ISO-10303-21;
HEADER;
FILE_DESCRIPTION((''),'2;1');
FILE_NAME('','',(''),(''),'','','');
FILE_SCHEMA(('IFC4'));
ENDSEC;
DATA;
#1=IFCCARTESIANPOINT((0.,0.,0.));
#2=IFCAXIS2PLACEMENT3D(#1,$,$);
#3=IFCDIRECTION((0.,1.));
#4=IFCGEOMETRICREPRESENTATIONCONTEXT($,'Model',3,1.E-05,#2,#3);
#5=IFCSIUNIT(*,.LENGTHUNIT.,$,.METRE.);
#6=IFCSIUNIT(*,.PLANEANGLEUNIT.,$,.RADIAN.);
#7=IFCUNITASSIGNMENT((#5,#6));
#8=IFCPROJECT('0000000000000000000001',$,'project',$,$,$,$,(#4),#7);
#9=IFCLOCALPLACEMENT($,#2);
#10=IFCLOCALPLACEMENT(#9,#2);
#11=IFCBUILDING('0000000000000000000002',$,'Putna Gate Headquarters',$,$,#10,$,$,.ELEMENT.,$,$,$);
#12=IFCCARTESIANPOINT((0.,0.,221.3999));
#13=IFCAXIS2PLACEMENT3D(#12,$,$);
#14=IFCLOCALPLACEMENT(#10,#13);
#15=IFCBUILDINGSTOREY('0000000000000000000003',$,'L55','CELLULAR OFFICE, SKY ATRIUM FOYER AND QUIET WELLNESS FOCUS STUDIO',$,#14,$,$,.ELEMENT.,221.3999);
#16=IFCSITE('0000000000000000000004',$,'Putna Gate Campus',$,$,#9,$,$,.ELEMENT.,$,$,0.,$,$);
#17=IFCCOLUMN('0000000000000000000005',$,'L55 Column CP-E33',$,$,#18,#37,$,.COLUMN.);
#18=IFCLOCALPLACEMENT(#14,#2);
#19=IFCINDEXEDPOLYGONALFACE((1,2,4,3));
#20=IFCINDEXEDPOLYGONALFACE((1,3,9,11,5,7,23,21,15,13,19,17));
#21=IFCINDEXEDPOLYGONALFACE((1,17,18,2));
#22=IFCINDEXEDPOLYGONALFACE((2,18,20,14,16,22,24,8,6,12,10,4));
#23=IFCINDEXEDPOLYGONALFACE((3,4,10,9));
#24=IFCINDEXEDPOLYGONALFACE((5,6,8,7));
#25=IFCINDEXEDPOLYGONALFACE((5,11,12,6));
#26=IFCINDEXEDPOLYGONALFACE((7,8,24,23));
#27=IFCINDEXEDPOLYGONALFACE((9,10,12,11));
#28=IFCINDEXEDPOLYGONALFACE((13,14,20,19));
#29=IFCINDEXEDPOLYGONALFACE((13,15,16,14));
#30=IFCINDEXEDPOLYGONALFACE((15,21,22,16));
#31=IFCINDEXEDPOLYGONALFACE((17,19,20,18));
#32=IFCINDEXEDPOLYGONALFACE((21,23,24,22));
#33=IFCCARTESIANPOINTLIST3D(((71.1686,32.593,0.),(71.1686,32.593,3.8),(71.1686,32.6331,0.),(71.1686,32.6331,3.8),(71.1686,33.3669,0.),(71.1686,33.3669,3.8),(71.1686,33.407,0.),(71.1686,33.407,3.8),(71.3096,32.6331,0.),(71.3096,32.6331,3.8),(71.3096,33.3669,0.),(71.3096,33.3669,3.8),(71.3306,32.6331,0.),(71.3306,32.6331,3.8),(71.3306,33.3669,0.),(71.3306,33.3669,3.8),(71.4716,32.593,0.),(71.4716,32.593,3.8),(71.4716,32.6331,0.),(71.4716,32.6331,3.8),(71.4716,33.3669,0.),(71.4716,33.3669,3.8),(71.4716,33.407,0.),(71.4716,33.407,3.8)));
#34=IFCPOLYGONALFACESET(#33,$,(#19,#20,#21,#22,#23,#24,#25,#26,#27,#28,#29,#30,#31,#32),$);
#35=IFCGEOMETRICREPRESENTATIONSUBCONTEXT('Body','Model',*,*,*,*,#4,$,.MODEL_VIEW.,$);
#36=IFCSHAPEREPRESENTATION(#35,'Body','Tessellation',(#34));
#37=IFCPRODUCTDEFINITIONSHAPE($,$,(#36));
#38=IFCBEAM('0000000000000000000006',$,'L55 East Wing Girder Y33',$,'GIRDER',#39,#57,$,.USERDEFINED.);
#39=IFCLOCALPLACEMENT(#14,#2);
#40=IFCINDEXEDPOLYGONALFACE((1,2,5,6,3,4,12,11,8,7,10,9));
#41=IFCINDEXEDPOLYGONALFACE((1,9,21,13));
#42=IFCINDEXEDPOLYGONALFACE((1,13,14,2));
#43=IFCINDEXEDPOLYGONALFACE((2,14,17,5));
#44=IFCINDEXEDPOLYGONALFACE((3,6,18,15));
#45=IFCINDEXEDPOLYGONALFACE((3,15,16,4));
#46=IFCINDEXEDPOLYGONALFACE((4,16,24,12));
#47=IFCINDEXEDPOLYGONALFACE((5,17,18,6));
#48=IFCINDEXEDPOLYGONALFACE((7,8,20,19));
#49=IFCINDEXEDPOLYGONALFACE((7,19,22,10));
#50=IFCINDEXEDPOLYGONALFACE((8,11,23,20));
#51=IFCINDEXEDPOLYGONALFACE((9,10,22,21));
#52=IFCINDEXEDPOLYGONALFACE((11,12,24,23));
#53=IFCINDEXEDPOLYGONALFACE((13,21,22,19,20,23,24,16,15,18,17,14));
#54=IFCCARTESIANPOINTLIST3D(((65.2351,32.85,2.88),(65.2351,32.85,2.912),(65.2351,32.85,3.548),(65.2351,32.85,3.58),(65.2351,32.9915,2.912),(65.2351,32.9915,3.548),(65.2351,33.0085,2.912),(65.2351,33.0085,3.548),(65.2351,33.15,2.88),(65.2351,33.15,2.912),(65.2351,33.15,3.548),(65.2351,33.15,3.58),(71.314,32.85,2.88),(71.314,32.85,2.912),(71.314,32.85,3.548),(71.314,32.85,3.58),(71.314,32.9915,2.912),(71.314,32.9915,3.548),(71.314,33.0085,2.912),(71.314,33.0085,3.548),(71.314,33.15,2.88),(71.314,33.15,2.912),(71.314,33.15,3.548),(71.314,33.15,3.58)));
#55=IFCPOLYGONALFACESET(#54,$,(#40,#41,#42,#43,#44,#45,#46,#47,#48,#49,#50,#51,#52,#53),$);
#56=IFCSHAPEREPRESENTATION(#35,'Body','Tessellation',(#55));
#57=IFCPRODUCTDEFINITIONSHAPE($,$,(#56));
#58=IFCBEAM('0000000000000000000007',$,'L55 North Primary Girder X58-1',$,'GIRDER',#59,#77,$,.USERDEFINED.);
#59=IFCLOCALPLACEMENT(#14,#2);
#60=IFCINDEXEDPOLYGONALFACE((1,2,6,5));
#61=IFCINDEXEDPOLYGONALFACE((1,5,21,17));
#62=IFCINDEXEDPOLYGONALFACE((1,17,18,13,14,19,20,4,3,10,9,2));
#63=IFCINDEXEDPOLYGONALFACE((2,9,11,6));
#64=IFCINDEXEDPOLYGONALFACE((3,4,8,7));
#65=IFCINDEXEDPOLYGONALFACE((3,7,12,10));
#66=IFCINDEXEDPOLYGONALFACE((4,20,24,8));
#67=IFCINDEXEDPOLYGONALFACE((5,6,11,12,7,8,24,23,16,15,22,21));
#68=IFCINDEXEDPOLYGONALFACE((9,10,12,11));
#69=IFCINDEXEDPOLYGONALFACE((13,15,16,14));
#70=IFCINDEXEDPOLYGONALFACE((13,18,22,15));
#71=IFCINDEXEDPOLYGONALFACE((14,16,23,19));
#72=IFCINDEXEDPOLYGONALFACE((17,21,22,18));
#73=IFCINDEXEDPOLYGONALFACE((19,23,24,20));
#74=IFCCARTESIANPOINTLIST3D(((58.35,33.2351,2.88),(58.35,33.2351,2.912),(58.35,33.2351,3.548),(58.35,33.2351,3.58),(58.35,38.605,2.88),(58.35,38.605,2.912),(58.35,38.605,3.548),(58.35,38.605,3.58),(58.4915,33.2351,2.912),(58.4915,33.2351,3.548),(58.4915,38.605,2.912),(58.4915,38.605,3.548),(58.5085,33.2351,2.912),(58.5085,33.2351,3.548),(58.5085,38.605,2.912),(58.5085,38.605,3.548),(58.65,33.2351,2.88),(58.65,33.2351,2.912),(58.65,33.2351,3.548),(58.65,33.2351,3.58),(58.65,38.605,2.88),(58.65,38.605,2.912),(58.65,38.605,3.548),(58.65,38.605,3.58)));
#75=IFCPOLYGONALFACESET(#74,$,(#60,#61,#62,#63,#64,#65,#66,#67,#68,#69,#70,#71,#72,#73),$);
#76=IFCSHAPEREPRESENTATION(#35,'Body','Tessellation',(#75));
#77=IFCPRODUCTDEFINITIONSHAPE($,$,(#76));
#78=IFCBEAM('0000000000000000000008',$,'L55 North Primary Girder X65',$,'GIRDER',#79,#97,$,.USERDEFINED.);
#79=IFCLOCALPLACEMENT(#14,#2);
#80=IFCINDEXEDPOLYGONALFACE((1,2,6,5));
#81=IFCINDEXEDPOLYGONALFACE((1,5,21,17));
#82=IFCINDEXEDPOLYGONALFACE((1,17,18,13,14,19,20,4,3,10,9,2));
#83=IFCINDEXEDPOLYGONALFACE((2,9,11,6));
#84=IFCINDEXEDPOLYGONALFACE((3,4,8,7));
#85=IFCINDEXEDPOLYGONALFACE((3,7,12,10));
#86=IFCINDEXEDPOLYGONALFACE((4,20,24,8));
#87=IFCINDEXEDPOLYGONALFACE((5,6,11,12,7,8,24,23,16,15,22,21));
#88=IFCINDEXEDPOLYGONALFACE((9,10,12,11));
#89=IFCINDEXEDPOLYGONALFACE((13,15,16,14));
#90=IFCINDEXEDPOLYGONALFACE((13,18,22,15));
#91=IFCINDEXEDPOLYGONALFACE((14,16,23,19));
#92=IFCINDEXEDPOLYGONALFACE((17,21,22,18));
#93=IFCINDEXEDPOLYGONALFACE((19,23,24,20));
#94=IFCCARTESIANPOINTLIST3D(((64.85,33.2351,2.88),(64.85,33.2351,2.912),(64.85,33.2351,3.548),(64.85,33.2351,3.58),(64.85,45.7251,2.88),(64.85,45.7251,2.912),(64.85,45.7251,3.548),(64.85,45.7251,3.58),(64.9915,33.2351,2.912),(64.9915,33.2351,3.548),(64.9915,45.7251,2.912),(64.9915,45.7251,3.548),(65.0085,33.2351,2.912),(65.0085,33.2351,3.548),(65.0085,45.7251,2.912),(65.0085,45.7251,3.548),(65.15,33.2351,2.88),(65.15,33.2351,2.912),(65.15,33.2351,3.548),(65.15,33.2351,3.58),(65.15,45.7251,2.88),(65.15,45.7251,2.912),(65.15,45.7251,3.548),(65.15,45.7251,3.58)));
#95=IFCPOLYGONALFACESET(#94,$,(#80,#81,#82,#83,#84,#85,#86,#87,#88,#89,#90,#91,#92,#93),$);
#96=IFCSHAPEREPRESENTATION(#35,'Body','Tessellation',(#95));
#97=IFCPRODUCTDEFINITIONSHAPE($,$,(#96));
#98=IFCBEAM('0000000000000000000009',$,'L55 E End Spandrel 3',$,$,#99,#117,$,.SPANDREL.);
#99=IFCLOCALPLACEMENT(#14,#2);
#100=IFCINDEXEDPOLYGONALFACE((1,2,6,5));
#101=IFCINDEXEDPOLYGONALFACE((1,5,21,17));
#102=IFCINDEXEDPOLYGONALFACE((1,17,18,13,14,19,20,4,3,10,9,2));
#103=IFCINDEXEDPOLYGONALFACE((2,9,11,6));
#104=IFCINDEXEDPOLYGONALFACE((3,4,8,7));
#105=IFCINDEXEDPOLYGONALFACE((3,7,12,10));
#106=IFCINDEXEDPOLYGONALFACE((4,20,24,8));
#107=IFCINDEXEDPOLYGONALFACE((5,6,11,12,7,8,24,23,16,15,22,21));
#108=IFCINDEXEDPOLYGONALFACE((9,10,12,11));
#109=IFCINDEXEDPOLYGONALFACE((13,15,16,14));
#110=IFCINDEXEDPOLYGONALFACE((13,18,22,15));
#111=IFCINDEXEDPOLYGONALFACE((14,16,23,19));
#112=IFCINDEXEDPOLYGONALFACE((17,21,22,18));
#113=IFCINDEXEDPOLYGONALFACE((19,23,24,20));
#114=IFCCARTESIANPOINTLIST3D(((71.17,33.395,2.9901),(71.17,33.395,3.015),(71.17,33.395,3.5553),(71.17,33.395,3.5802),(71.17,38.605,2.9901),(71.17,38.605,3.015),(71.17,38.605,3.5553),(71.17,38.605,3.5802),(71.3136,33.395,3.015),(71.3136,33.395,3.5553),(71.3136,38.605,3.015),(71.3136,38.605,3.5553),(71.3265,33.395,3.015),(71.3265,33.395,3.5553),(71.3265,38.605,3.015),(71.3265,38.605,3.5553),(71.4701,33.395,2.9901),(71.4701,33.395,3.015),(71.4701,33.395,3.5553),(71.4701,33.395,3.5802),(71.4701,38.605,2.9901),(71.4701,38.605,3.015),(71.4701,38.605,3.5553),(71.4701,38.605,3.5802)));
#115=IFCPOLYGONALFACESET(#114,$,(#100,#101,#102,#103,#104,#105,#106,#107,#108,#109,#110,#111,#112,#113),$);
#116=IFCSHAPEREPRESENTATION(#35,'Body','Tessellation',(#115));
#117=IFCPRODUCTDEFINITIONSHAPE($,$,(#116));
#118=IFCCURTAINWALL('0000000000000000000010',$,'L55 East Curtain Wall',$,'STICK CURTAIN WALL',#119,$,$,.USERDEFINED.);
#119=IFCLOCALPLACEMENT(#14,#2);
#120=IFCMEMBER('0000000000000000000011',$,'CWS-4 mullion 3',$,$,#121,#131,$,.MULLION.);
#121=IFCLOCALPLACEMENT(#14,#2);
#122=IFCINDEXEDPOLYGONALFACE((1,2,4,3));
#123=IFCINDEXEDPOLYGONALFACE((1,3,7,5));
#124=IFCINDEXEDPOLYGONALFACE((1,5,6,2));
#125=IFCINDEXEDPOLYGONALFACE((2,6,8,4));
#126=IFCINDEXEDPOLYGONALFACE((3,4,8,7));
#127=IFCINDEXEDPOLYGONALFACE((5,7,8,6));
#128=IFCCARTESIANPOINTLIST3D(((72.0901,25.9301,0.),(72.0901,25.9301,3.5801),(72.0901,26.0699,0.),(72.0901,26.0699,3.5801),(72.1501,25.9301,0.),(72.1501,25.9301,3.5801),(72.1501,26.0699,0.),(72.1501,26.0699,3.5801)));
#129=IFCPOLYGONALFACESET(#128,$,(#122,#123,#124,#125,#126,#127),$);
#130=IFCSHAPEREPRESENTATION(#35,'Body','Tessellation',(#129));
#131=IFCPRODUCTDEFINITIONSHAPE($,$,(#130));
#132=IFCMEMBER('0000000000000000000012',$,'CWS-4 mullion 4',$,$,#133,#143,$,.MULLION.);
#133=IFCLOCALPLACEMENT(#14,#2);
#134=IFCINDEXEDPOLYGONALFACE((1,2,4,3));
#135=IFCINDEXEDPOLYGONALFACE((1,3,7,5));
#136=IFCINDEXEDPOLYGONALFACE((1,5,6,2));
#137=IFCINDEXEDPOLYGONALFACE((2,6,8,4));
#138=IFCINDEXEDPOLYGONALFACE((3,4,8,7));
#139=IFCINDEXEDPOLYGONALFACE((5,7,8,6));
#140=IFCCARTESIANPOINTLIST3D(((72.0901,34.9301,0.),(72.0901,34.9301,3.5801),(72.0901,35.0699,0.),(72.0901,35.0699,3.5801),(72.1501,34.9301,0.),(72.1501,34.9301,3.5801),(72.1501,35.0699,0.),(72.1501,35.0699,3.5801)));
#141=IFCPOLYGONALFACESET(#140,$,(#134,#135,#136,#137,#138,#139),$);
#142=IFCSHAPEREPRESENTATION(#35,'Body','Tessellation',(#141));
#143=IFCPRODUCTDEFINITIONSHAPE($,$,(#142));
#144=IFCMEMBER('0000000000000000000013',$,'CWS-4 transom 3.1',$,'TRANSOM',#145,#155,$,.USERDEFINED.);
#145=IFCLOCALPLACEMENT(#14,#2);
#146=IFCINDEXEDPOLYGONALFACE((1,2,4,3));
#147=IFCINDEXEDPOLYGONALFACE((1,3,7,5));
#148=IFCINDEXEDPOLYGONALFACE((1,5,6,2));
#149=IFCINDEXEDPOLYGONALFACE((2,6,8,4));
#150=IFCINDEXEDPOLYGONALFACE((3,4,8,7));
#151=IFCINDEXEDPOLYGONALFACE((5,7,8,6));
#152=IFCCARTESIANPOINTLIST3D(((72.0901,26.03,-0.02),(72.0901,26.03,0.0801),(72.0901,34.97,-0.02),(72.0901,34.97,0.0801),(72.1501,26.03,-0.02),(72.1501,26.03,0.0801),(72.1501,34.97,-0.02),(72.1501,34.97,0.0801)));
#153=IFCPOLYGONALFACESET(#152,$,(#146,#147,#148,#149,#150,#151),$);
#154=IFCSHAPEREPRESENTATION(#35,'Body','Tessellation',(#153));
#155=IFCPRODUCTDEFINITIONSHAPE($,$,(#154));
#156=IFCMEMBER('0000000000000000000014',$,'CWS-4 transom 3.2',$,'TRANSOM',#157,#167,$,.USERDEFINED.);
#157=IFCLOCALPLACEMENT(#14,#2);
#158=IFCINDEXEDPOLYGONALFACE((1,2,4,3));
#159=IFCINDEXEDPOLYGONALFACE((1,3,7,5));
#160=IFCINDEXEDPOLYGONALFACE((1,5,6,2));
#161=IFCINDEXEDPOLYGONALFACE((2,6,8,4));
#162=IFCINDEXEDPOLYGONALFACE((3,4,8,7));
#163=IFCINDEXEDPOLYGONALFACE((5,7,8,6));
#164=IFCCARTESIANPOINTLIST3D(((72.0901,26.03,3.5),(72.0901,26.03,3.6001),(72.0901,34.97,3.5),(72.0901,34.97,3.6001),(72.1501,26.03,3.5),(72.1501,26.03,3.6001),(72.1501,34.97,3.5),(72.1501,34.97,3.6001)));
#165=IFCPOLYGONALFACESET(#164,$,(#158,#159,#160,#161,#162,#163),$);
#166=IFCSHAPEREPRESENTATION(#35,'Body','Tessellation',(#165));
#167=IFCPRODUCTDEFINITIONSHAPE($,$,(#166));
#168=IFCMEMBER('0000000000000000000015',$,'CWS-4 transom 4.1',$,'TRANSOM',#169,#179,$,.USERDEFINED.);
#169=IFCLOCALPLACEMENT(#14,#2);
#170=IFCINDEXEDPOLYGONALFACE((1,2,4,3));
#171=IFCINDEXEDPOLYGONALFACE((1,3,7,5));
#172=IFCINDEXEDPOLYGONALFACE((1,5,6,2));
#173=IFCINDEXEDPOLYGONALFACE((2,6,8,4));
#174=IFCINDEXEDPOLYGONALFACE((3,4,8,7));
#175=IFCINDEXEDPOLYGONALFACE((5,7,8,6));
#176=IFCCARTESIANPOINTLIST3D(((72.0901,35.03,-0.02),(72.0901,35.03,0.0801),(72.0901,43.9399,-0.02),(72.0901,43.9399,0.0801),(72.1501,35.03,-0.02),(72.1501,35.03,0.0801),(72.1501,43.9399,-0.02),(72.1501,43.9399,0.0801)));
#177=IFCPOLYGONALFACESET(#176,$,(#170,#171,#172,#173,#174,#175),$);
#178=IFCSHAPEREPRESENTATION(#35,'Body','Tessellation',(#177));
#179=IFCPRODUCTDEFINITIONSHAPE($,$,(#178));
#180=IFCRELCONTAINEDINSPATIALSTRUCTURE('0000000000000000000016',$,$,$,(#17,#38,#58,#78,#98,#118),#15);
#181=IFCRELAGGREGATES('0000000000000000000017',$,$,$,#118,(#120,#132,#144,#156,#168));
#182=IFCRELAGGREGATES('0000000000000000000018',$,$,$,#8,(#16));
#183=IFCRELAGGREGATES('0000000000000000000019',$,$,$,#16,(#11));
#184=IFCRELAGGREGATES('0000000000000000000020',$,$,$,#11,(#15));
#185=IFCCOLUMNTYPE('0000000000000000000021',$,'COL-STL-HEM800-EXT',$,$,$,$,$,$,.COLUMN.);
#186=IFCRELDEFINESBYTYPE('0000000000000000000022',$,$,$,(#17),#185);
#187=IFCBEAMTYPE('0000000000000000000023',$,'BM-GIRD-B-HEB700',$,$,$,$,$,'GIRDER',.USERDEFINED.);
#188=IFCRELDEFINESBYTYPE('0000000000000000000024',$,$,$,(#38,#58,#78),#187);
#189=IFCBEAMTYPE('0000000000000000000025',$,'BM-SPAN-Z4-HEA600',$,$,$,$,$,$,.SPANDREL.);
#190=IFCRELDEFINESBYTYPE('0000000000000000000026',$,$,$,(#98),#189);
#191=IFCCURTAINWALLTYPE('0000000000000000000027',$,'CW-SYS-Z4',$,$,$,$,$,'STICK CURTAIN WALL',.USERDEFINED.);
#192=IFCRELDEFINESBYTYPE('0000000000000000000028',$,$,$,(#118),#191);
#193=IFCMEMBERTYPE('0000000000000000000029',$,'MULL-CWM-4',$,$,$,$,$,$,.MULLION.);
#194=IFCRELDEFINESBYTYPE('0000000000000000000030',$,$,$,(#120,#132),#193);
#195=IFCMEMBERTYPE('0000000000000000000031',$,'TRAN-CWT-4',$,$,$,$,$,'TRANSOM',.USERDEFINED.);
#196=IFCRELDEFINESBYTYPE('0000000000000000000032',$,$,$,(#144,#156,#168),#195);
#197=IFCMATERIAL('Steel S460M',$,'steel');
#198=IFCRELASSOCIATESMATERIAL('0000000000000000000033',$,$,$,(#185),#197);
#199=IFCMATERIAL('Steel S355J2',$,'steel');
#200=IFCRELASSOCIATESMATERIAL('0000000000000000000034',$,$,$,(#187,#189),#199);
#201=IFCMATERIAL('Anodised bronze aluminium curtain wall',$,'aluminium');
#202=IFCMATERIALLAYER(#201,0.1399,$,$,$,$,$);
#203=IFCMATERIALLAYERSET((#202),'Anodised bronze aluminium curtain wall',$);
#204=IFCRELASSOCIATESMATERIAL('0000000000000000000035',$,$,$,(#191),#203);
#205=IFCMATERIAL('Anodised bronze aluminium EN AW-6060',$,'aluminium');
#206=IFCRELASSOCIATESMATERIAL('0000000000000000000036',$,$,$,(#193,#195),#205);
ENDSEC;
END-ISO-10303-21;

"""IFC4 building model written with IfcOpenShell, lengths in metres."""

from ifc_helpers import new_model, si_unit, direction, frame, origin, origin_2d, place, context, subcontext, project, spatial, rectangle, i_section, extrude, material, layer, layer_set, material_profile, profile_set, type_object, element, aggregate, save


model = new_model("IFC4")

# Units and contexts
model_context = context("Model", 3, precision=1e-05, world=origin(), true_north=direction((0.0, 1.0)))
body_context = subcontext(model_context, "Body", "Model", "MODEL_VIEW")
ifc_project = project(units=[si_unit("LENGTHUNIT", "METRE"), si_unit("PLANEANGLEUNIT", "RADIAN")], contexts=[model_context])

# Site, building, storey
site_placement = place(None, origin())
site = spatial("IfcSite", under=ifc_project, at=site_placement, Name="Putna Gate Campus", CompositionType="ELEMENT", RefElevation=0.0)
building_placement = place(site_placement, origin())
building = spatial("IfcBuilding", under=site, at=building_placement, Name="Putna Gate Headquarters", CompositionType="ELEMENT")
storey_placement = place(building_placement, frame((0.0, 0.0, 221.3999)))
storey = spatial("IfcBuildingStorey", under=building, at=storey_placement, Name="L55", Description="CELLULAR OFFICE, SKY ATRIUM FOYER AND QUIET WELLNESS FOCUS STUDIO", CompositionType="ELEMENT", Elevation=221.3999)

# Column
ifc_material_1 = material(Name="Steel S460M", Category="steel")
ifc_material_profile_1 = material_profile(ifc_material_1, i_section(OverallWidth=0.303, OverallDepth=0.814, WebThickness=0.021, FlangeThickness=0.04, at=origin_2d()), Name="Steel S460M")
ifc_profile_set_1 = profile_set([ifc_material_profile_1], Name="Steel S460M")
column_type = type_object("IfcColumnType", Name="COL-STL-HEM800-EXT", PredefinedType="COLUMN", material=ifc_profile_set_1)
column_placement = place(storey_placement, frame((71.3201, 33.0, 0.0), z_axis=(0.0, 0.0, 1.0), x_axis=(1.0, 0.0, 0.0)))
element("IfcColumn", 1, at=column_placement, inside=storey, type_object=column_type, Name="L55 Column CP-E33", PredefinedType="COLUMN", context=body_context, shape_type="SweptSolid", body=[
    extrude(i_section(OverallWidth=0.303, OverallDepth=0.814, WebThickness=0.021, FlangeThickness=0.04, at=origin_2d()), origin(), (0.0, 0.0, 1.0), 3.8),
])

# Beams
ifc_material_2 = material(Name="Steel S355J2", Category="steel")
ifc_material_profile_2 = material_profile(ifc_material_2, i_section(OverallWidth=0.3, OverallDepth=0.7, WebThickness=0.0171, FlangeThickness=0.032, at=origin_2d()), Name="Steel S355J2")
ifc_profile_set_2 = profile_set([ifc_material_profile_2], Name="Steel S355J2")
beam_type_1 = type_object("IfcBeamType", Name="BM-GIRD-B-HEB700", ElementType="GIRDER", PredefinedType="USERDEFINED", material=ifc_profile_set_2)
beam_1_placement = place(storey_placement, frame((65.2351, 33.0, 3.23), z_axis=(1.0, 0.0, 0.0), x_axis=(0.0, 1.0, 0.0)))
element("IfcBeam", 2, at=beam_1_placement, inside=storey, type_object=beam_type_1, Name="L55 East Wing Girder Y33", ObjectType="GIRDER", PredefinedType="USERDEFINED", context=body_context, shape_type="SweptSolid", body=[
    extrude(i_section(OverallWidth=0.3, OverallDepth=0.7, WebThickness=0.0171, FlangeThickness=0.032, at=origin_2d()), origin(), (0.0, 0.0, 1.0), 6.0789),
])
beam_2_placement = place(storey_placement, frame((58.5, 33.2351, 3.23), z_axis=(0.0, 1.0, 0.0), x_axis=(-1.0, 0.0, 0.0)))
element("IfcBeam", 3, at=beam_2_placement, inside=storey, type_object=beam_type_1, Name="L55 North Primary Girder X58-1", ObjectType="GIRDER", PredefinedType="USERDEFINED", context=body_context, shape_type="SweptSolid", body=[
    extrude(i_section(OverallWidth=0.3, OverallDepth=0.7, WebThickness=0.0171, FlangeThickness=0.032, at=origin_2d()), origin(), (0.0, 0.0, 1.0), 5.3699),
])
beam_3_placement = place(storey_placement, frame((65.0, 33.2351, 3.23), z_axis=(0.0, 1.0, 0.0), x_axis=(-1.0, 0.0, 0.0)))
element("IfcBeam", 4, at=beam_3_placement, inside=storey, type_object=beam_type_1, Name="L55 North Primary Girder X65", ObjectType="GIRDER", PredefinedType="USERDEFINED", context=body_context, shape_type="SweptSolid", body=[
    extrude(i_section(OverallWidth=0.3, OverallDepth=0.7, WebThickness=0.0171, FlangeThickness=0.032, at=origin_2d()), origin(), (0.0, 0.0, 1.0), 12.49),
])
ifc_material_profile_3 = material_profile(ifc_material_2, i_section(OverallWidth=0.3, OverallDepth=0.5901, WebThickness=0.0129, FlangeThickness=0.0249, at=origin_2d()), Name="Steel S355J2")
ifc_profile_set_3 = profile_set([ifc_material_profile_3], Name="Steel S355J2")
beam_type_2 = type_object("IfcBeamType", Name="BM-SPAN-Z4-HEA600", PredefinedType="SPANDREL", material=ifc_profile_set_3)
beam_4_placement = place(storey_placement, frame((71.3201, 33.395, 3.2852), z_axis=(0.0, 1.0, 0.0), x_axis=(-1.0, 0.0, 0.0)))
element("IfcBeam", 5, at=beam_4_placement, inside=storey, type_object=beam_type_2, Name="L55 E End Spandrel 3", PredefinedType="SPANDREL", context=body_context, shape_type="SweptSolid", body=[
    extrude(i_section(OverallWidth=0.3, OverallDepth=0.5901, WebThickness=0.0129, FlangeThickness=0.0249, at=origin_2d()), origin(), (0.0, 0.0, 1.0), 5.21),
])

# Curtain wall, members
ifc_material_3 = material(Name="Anodised bronze aluminium curtain wall", Category="aluminium")
ifc_layer_1 = layer(ifc_material_3, 0.1399)
ifc_layer_set_1 = layer_set([ifc_layer_1], Name="Anodised bronze aluminium curtain wall")
curtain_wall_type = type_object("IfcCurtainWallType", Name="CW-SYS-Z4", ElementType="STICK CURTAIN WALL", PredefinedType="USERDEFINED", material=ifc_layer_set_1)
curtain_wall_placement = place(storey_placement, origin())
curtain_wall = element("IfcCurtainWall", 6, at=curtain_wall_placement, inside=storey, type_object=curtain_wall_type, Name="L55 East Curtain Wall", ObjectType="STICK CURTAIN WALL", PredefinedType="USERDEFINED")
ifc_material_4 = material(Name="Anodised bronze aluminium EN AW-6060", Category="aluminium")
ifc_material_profile_4 = material_profile(ifc_material_4, rectangle(XDim=0.0601, YDim=0.1399, at=origin_2d()), Name="Anodised bronze aluminium EN AW-6060")
ifc_profile_set_4 = profile_set([ifc_material_profile_4], Name="Anodised bronze aluminium EN AW-6060")
member_type_1 = type_object("IfcMemberType", Name="MULL-CWM-4", PredefinedType="MULLION", material=ifc_profile_set_4)
member_1_placement = place(storey_placement, frame((72.1201, 26.0, 0.0), z_axis=(0.0, 0.0, 1.0), x_axis=(-1.0, 0.0, 0.0)))
member_1 = element("IfcMember", 7, at=member_1_placement, type_object=member_type_1, Name="CWS-4 mullion 3", PredefinedType="MULLION", context=body_context, shape_type="SweptSolid", body=[
    extrude(rectangle(XDim=0.0601, YDim=0.1399, at=origin_2d()), origin(), (0.0, 0.0, 1.0), 3.5801),
])
member_2_placement = place(storey_placement, frame((72.1201, 35.0, 0.0), z_axis=(0.0, 0.0, 1.0), x_axis=(-1.0, 0.0, 0.0)))
member_2 = element("IfcMember", 8, at=member_2_placement, type_object=member_type_1, Name="CWS-4 mullion 4", PredefinedType="MULLION", context=body_context, shape_type="SweptSolid", body=[
    extrude(rectangle(XDim=0.0601, YDim=0.1399, at=origin_2d()), origin(), (0.0, 0.0, 1.0), 3.5801),
])
ifc_material_profile_5 = material_profile(ifc_material_4, rectangle(XDim=0.0601, YDim=0.1001, at=origin_2d()), Name="Anodised bronze aluminium EN AW-6060")
ifc_profile_set_5 = profile_set([ifc_material_profile_5], Name="Anodised bronze aluminium EN AW-6060")
member_type_2 = type_object("IfcMemberType", Name="TRAN-CWT-4", ElementType="TRANSOM", PredefinedType="USERDEFINED", material=ifc_profile_set_5)
member_3_placement = place(storey_placement, frame((72.1201, 26.03, 0.03), z_axis=(0.0, 1.0, 0.0), x_axis=(-1.0, 0.0, 0.0)))
member_3 = element("IfcMember", 9, at=member_3_placement, type_object=member_type_2, Name="CWS-4 transom 3.1", ObjectType="TRANSOM", PredefinedType="USERDEFINED", context=body_context, shape_type="SweptSolid", body=[
    extrude(rectangle(XDim=0.0601, YDim=0.1001, at=origin_2d()), origin(), (0.0, 0.0, 1.0), 8.9399),
])
member_4_placement = place(storey_placement, frame((72.1201, 26.03, 3.55), z_axis=(0.0, 1.0, 0.0), x_axis=(-1.0, 0.0, 0.0)))
member_4 = element("IfcMember", 10, at=member_4_placement, type_object=member_type_2, Name="CWS-4 transom 3.2", ObjectType="TRANSOM", PredefinedType="USERDEFINED", context=body_context, shape_type="SweptSolid", body=[
    extrude(rectangle(XDim=0.0601, YDim=0.1001, at=origin_2d()), origin(), (0.0, 0.0, 1.0), 8.9399),
])
member_5_placement = place(storey_placement, frame((72.1201, 35.03, 0.03), z_axis=(0.0, 1.0, 0.0), x_axis=(-1.0, 0.0, 0.0)))
member_5 = element("IfcMember", 11, at=member_5_placement, type_object=member_type_2, Name="CWS-4 transom 4.1", ObjectType="TRANSOM", PredefinedType="USERDEFINED", context=body_context, shape_type="SweptSolid", body=[
    extrude(rectangle(XDim=0.0601, YDim=0.1001, at=origin_2d()), origin(), (0.0, 0.0, 1.0), 8.9099),
])
aggregate(curtain_wall, [member_1, member_2, member_3, member_4, member_5])

save(model, "model.ifc")
